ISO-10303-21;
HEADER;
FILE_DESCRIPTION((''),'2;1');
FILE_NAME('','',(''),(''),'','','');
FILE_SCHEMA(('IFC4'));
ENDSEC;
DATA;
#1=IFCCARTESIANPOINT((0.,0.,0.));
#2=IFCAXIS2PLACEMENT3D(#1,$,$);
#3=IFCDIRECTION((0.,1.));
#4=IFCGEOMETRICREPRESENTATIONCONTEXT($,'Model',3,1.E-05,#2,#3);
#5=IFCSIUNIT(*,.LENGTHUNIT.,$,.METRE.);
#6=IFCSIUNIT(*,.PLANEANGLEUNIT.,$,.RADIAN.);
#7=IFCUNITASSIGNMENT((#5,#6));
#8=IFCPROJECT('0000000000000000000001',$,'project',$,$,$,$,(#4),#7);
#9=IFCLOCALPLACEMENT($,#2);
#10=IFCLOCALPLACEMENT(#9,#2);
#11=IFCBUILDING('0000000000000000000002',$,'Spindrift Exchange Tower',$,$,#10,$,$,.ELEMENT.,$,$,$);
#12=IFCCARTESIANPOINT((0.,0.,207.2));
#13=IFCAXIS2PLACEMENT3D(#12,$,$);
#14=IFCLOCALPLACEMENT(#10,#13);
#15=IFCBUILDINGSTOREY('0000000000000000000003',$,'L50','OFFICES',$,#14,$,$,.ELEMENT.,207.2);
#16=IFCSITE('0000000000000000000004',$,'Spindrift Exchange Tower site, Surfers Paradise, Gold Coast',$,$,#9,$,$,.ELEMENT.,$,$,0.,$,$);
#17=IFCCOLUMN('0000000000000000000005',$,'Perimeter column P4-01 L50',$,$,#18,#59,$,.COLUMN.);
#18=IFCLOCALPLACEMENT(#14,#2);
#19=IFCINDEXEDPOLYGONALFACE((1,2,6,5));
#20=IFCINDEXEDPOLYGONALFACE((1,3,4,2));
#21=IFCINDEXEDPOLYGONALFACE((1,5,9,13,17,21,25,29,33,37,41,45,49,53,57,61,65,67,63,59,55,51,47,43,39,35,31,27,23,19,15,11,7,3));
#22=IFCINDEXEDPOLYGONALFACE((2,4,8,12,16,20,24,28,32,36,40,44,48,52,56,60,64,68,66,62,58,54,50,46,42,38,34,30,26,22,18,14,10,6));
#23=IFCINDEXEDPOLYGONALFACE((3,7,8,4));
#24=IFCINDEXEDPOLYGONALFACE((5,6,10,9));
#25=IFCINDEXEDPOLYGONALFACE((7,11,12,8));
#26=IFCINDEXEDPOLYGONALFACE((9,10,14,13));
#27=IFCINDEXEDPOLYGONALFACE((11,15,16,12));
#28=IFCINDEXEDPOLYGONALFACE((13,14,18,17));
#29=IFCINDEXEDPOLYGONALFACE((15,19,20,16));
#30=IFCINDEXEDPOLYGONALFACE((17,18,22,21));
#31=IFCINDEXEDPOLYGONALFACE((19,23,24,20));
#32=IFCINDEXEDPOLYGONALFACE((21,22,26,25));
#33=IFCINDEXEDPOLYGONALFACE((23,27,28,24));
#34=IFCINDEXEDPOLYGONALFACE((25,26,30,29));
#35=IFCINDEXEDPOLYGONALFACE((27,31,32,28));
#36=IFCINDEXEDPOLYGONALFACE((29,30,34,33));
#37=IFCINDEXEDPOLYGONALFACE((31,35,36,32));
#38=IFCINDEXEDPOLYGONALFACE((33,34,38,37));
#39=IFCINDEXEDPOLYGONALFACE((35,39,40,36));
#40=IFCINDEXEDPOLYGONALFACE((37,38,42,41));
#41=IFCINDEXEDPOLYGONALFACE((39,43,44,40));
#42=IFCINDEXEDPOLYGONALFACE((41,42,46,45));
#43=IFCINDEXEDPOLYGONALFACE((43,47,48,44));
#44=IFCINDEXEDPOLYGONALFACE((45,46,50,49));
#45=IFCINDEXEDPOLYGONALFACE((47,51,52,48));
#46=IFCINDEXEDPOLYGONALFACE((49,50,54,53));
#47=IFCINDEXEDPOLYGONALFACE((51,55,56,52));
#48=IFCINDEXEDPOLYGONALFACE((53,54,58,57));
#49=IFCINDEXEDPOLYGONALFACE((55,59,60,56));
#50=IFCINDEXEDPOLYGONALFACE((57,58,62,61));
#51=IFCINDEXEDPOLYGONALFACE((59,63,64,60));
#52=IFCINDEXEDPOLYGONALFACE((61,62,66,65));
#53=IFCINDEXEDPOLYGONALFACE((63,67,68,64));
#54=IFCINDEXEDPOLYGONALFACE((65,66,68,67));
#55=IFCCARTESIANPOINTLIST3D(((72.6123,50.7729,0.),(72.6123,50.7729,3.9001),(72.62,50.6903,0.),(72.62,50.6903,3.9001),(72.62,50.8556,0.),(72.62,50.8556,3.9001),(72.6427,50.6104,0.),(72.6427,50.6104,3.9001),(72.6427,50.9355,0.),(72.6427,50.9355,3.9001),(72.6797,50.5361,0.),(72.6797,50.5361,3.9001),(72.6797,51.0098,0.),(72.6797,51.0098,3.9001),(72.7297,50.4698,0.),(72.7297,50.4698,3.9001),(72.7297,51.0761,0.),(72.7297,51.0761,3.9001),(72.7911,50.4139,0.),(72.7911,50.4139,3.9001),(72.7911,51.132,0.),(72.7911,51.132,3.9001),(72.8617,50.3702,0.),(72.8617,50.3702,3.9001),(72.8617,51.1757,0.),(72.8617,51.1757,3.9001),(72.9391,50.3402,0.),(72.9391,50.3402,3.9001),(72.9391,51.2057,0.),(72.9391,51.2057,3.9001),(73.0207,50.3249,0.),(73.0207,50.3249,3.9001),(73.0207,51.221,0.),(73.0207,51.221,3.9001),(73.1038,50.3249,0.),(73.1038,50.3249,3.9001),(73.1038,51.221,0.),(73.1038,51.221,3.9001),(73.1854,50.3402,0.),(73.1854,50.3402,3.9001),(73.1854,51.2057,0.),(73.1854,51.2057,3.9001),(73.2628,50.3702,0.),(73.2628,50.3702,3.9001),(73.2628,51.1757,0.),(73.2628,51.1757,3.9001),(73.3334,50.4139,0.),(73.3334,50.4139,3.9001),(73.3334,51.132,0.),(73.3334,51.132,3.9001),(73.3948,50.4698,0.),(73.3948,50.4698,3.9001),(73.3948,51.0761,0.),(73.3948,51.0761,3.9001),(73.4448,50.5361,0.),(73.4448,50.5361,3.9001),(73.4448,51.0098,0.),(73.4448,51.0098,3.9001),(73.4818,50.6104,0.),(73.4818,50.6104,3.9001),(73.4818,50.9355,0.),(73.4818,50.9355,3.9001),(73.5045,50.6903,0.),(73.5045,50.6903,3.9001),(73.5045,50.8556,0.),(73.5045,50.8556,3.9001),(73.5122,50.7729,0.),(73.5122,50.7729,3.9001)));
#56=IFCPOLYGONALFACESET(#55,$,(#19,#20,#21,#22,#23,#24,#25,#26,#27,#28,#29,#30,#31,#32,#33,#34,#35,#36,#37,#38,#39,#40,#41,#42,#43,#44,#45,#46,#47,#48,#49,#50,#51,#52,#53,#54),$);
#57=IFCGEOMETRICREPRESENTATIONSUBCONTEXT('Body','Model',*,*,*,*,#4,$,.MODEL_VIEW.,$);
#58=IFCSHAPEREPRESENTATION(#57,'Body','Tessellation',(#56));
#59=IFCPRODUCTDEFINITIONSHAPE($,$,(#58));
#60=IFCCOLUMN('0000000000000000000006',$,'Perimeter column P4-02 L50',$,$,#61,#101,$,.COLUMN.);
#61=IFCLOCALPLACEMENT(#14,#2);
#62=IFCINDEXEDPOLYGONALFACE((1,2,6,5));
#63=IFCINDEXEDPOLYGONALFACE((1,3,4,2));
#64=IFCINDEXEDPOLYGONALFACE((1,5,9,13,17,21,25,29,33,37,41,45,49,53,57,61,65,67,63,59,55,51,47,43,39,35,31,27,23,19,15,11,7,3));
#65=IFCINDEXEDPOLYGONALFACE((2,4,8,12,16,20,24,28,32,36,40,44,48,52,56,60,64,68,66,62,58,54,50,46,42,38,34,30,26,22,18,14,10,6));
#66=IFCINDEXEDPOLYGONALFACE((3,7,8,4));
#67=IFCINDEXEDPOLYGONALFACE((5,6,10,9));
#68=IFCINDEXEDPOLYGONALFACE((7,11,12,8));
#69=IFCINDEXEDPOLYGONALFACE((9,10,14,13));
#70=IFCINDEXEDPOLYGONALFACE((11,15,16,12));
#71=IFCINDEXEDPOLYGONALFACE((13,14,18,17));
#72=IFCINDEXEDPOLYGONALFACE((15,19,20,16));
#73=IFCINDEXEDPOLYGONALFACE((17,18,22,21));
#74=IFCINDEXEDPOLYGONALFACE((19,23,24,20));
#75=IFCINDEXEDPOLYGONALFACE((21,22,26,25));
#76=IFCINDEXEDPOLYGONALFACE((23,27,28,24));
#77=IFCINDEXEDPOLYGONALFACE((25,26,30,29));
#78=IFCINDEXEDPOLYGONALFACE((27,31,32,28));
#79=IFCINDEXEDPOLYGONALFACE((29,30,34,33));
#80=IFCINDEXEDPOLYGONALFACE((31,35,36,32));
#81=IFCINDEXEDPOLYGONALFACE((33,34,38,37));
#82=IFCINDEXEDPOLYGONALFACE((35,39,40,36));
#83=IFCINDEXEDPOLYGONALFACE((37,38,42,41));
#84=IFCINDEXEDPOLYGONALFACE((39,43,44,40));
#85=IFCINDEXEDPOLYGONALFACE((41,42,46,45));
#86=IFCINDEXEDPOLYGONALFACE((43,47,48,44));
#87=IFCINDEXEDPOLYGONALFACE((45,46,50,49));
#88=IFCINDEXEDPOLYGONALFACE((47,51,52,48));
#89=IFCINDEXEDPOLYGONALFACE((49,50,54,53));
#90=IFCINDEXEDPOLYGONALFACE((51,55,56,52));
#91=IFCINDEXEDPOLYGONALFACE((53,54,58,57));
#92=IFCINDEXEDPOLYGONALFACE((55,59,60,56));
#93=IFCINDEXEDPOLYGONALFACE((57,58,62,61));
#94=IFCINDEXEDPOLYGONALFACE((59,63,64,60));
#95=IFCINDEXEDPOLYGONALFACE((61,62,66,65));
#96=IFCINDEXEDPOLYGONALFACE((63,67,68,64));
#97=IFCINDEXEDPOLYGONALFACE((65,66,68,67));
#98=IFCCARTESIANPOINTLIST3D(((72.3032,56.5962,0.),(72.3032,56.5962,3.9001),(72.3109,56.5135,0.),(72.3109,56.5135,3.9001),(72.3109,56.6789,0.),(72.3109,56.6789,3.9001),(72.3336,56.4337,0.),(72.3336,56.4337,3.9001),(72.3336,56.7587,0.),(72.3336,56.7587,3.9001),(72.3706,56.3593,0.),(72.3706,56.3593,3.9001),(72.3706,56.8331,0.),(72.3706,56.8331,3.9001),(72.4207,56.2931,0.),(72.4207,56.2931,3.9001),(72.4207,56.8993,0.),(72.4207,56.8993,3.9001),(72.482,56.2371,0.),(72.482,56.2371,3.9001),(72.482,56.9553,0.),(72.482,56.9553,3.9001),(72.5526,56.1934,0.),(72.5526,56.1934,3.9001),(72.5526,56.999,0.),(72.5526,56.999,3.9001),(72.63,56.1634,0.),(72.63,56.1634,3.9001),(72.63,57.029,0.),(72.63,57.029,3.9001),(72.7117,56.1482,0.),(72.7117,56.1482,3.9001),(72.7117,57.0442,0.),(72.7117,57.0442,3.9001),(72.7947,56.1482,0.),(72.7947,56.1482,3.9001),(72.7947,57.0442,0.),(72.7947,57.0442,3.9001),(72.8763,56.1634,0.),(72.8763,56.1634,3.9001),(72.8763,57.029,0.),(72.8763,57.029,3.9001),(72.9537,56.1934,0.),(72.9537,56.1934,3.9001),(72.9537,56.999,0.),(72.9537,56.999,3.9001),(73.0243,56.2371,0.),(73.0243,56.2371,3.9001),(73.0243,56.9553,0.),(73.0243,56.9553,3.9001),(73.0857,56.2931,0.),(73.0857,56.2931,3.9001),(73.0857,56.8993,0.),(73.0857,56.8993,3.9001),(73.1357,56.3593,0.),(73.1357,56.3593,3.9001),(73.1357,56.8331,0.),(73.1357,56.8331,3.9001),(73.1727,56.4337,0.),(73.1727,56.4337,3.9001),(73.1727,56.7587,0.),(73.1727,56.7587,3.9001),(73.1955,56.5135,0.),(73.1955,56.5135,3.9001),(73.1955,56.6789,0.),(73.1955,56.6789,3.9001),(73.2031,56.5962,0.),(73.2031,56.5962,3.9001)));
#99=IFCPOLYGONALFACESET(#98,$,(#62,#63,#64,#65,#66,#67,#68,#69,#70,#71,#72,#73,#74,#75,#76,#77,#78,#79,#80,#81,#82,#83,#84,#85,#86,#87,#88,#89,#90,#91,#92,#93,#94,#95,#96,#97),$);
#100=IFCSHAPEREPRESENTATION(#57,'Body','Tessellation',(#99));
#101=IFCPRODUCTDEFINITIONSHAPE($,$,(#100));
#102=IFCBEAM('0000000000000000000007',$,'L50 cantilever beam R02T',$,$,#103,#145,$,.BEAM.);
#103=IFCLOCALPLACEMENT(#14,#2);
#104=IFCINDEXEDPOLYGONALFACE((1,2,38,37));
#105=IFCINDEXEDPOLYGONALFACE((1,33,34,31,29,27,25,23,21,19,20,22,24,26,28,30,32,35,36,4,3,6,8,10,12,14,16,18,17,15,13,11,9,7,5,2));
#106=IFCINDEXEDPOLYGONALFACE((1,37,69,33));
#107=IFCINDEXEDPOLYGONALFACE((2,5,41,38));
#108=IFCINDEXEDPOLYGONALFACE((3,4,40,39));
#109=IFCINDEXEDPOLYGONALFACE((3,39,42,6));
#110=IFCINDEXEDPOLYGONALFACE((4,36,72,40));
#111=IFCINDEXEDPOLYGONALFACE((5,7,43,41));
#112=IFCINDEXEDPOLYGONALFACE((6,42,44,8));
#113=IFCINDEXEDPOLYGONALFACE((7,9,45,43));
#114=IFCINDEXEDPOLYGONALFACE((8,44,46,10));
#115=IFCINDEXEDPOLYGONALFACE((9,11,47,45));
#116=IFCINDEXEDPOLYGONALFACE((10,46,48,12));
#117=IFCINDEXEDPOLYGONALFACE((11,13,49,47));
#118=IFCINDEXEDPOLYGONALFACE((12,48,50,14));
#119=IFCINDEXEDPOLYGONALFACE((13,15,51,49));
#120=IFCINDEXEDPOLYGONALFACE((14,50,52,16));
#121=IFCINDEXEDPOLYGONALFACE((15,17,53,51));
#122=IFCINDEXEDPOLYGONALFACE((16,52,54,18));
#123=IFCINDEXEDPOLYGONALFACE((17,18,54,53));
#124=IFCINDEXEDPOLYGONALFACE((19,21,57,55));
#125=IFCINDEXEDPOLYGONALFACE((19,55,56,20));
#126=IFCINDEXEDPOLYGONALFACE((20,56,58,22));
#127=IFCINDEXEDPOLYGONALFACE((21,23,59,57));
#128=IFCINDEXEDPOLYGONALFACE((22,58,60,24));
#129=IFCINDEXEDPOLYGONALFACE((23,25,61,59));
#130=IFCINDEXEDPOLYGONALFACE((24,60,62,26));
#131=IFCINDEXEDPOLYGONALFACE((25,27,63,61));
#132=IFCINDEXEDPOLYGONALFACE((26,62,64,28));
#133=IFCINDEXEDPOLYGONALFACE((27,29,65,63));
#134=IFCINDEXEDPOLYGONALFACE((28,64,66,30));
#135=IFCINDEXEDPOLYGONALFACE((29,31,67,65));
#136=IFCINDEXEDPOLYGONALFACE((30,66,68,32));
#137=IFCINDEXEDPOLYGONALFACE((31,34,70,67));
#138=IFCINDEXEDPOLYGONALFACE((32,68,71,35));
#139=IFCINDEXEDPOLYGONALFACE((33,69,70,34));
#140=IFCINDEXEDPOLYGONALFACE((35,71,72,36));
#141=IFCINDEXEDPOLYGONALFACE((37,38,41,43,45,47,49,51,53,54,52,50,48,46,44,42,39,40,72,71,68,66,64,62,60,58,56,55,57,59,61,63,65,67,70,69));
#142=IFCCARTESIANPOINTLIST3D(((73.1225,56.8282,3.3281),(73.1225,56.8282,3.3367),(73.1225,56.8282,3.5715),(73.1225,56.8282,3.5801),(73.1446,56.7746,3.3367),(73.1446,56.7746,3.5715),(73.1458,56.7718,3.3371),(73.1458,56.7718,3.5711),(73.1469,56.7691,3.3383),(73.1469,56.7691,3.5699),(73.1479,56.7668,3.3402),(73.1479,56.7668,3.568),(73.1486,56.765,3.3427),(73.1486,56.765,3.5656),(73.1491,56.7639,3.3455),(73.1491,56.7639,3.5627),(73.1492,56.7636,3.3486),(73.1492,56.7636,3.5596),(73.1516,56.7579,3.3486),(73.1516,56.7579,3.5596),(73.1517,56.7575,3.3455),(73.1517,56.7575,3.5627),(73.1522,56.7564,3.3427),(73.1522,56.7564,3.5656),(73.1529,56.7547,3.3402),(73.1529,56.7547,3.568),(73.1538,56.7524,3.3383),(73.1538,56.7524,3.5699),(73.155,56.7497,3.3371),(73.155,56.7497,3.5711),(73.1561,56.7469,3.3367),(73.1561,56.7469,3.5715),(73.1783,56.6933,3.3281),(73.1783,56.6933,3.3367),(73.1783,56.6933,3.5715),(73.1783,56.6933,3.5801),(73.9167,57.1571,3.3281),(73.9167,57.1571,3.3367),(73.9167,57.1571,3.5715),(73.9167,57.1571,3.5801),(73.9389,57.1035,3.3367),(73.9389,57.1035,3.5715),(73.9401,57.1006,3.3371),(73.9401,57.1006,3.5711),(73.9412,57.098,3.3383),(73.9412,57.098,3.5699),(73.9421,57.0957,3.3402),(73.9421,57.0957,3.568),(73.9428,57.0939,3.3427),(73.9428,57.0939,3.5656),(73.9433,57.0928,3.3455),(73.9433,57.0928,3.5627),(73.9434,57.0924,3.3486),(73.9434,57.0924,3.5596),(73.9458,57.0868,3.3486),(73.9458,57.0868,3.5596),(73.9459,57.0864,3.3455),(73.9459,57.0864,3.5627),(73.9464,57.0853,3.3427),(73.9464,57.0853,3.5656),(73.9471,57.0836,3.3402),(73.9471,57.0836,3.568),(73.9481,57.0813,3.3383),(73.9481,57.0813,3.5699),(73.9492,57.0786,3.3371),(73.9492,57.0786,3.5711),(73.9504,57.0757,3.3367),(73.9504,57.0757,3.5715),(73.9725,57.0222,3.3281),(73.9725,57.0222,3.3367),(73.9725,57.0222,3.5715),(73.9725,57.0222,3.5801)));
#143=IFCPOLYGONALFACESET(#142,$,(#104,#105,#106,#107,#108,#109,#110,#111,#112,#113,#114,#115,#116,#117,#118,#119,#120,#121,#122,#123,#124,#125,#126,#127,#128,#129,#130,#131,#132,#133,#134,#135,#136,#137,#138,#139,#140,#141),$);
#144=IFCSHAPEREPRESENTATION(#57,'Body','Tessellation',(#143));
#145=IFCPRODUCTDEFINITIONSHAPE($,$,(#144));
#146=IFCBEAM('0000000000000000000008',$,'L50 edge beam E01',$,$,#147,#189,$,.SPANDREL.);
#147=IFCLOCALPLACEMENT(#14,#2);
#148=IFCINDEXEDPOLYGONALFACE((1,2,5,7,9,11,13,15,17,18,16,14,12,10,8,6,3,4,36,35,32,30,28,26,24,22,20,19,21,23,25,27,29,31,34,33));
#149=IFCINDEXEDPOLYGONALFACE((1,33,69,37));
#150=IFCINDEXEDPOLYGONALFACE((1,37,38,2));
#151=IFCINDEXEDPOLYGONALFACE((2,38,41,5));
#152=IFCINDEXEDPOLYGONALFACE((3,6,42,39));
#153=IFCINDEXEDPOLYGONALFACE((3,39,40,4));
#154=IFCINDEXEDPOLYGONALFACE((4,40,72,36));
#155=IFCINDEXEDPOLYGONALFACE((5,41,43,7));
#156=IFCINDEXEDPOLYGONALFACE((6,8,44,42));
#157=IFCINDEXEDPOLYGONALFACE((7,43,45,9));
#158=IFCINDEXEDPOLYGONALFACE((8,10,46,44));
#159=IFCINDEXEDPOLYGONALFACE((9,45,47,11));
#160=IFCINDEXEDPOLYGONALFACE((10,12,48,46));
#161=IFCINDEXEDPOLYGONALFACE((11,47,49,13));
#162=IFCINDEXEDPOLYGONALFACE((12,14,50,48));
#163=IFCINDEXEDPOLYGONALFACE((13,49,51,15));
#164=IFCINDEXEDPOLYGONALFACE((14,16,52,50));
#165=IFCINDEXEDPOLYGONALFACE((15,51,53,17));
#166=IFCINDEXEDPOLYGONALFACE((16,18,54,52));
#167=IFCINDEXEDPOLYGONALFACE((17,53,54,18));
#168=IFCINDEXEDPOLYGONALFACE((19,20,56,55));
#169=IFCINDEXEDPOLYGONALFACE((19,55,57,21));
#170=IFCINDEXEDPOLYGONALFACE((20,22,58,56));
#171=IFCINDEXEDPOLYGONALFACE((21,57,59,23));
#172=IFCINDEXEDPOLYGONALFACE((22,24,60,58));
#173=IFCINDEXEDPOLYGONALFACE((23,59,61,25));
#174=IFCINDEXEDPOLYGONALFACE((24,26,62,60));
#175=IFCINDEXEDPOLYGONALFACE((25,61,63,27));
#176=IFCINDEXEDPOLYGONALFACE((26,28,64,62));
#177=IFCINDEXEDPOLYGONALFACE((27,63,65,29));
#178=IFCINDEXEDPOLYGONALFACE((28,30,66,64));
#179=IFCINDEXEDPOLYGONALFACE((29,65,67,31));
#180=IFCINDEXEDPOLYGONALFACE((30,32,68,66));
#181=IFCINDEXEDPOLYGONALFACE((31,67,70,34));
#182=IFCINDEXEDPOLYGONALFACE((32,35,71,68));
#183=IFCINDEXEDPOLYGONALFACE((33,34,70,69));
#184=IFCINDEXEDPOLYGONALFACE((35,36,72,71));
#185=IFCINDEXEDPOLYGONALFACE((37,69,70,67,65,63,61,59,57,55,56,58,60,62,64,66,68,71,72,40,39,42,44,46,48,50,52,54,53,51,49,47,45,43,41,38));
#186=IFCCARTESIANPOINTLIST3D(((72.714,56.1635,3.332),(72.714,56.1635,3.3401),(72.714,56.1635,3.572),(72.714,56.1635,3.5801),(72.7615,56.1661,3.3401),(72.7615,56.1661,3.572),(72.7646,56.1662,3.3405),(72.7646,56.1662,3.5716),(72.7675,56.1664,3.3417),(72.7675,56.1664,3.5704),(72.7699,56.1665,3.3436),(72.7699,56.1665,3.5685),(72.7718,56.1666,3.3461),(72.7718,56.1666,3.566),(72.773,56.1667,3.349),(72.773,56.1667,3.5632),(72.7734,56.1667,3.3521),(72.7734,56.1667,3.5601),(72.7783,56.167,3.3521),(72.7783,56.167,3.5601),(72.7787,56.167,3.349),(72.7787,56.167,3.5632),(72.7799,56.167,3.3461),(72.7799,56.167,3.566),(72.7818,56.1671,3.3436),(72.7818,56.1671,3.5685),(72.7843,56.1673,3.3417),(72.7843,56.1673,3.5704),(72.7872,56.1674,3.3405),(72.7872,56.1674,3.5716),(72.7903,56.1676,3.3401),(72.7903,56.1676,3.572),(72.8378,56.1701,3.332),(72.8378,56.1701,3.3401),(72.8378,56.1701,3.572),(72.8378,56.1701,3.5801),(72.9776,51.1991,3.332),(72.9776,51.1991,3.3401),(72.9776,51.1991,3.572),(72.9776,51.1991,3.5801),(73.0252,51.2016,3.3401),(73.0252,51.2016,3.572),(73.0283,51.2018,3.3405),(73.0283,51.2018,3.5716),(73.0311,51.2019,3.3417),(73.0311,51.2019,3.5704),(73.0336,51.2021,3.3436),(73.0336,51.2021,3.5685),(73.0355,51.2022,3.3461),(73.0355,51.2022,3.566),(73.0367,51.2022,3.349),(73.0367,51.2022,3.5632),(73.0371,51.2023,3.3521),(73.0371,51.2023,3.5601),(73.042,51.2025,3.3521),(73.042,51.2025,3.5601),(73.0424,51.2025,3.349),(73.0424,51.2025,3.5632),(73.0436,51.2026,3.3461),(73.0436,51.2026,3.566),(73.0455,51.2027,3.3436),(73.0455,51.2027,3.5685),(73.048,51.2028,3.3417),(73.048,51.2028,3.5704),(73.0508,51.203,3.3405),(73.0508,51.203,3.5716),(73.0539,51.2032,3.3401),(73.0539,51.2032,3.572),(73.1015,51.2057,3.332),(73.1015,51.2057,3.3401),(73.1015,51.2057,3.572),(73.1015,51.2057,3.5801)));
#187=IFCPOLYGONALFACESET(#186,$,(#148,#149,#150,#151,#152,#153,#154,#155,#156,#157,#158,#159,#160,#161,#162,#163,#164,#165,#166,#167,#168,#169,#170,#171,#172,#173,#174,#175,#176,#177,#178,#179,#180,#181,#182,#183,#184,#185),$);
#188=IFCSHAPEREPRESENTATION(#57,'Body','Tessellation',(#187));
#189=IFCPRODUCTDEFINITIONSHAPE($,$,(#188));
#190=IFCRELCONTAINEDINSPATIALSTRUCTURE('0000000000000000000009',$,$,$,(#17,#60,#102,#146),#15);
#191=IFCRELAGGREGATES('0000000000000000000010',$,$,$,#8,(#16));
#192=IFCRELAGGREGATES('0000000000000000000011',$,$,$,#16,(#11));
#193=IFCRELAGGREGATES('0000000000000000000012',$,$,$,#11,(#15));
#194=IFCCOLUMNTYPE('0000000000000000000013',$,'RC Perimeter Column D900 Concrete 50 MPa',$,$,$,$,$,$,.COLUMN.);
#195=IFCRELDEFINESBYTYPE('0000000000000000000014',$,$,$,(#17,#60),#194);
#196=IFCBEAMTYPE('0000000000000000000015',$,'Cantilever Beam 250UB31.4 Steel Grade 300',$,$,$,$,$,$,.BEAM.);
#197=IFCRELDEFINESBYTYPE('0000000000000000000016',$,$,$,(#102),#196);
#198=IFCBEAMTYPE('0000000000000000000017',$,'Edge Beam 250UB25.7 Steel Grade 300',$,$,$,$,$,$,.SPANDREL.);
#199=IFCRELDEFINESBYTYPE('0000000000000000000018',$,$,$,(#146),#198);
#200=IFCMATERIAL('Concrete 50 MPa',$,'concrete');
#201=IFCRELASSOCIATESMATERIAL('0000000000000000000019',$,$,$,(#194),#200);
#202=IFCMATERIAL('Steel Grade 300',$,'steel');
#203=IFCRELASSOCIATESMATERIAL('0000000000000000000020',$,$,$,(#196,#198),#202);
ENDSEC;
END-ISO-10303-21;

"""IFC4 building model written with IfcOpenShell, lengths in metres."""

from ifc_helpers import new_model, si_unit, direction, frame, origin, origin_2d, place, context, subcontext, project, spatial, circle, i_section, extrude, source, transform, mapped, material, material_profile, profile_set, type_object, element, save


model = new_model("IFC4")

# Units and contexts
model_context = context("Model", 3, precision=1e-05, world=origin(), true_north=direction((0.0, 1.0)))
body_context = subcontext(model_context, "Body", "Model", "MODEL_VIEW")
ifc_project = project(units=[si_unit("LENGTHUNIT", "METRE"), si_unit("PLANEANGLEUNIT", "RADIAN")], contexts=[model_context])

# Site, building, storey
site_placement = place(None, origin())
site = spatial("IfcSite", under=ifc_project, at=site_placement, Name="Spindrift Exchange Tower site, Surfers Paradise, Gold Coast", CompositionType="ELEMENT", RefElevation=0.0)
building_placement = place(site_placement, origin())
building = spatial("IfcBuilding", under=site, at=building_placement, Name="Spindrift Exchange Tower", CompositionType="ELEMENT")
storey_placement = place(building_placement, frame((0.0, 0.0, 207.2)))
storey = spatial("IfcBuildingStorey", under=building, at=storey_placement, Name="L50", Description="OFFICES", CompositionType="ELEMENT", Elevation=207.2)

# Columns
ifc_material_1 = material(Name="Concrete 50 MPa", Category="concrete")
ifc_material_profile_1 = material_profile(ifc_material_1, circle(Radius=0.45, at=origin_2d()), Name="RC D900")
ifc_profile_set_1 = profile_set([ifc_material_profile_1], Name="Concrete 50 MPa")
column_type = type_object("IfcColumnType", Name="RC Perimeter Column D900 Concrete 50 MPa", PredefinedType="COLUMN", material=ifc_profile_set_1)
shared_shape_1 = source(origin(), body_context, "Body", "SweptSolid", [
    extrude(circle(Radius=0.45, at=origin_2d()), origin(), (0.0, 0.0, 1.0), 3.9001),
])
for number, where, z_axis, x_axis, name in (
    (1, (73.0623, 50.7729, 0.0), (0.0, 0.0, 1.0), (1.0, 0.0, 0.0), "Perimeter column P4-01 L50"),
    (2, (72.7532, 56.5962, 0.0), (0.0, 0.0, 1.0), (1.0, 0.0, 0.0), "Perimeter column P4-02 L50"),
):
    element("IfcColumn", number, at=place(storey_placement, frame(where, z_axis=z_axis, x_axis=x_axis)), inside=storey, type_object=column_type, Name=name, PredefinedType="COLUMN", context=body_context, shape_type="MappedRepresentation", body=[
        mapped(shared_shape_1, transform((0.0, 0.0, 0.0), scale=1.0)),
    ])

# Beams
ifc_material_2 = material(Name="Steel Grade 300", Category="steel")
ifc_material_profile_2 = material_profile(ifc_material_2, i_section(OverallWidth=0.146, OverallDepth=0.252, WebThickness=0.0061, FlangeThickness=0.0085, FilletRadius=0.012, at=origin_2d()), Name="250UB31.4")
ifc_profile_set_2 = profile_set([ifc_material_profile_2], Name="Steel Grade 300")
beam_type_1 = type_object("IfcBeamType", Name="Cantilever Beam 250UB31.4 Steel Grade 300", PredefinedType="BEAM", material=ifc_profile_set_2)
shared_shape_2 = source(origin(), body_context, "Body", "SweptSolid", [
    extrude(i_section(OverallWidth=0.146, OverallDepth=0.252, WebThickness=0.0061, FlangeThickness=0.0085, FilletRadius=0.012, at=origin_2d()), origin(), (0.0, 0.0, 1.0), 0.8596),
])
beam_1_placement = place(storey_placement, frame((73.1504, 56.7607, 3.4541), z_axis=(0.923923, 0.382578, 0.0), x_axis=(-0.382578, 0.923923, 0.0)))
element("IfcBeam", 3, at=beam_1_placement, inside=storey, type_object=beam_type_1, Name="L50 cantilever beam R02T", PredefinedType="BEAM", context=body_context, shape_type="MappedRepresentation", body=[
    mapped(shared_shape_2, transform((0.0, 0.0, 0.0), scale=1.0)),
])
ifc_material_profile_3 = material_profile(ifc_material_2, i_section(OverallWidth=0.124, OverallDepth=0.248, WebThickness=0.0049, FlangeThickness=0.0081, FilletRadius=0.012, at=origin_2d()), Name="250UB25.7")
ifc_profile_set_3 = profile_set([ifc_material_profile_3], Name="Steel Grade 300")
beam_type_2 = type_object("IfcBeamType", Name="Edge Beam 250UB25.7 Steel Grade 300", PredefinedType="SPANDREL", material=ifc_profile_set_3)
shared_shape_3 = source(origin(), body_context, "Body", "SweptSolid", [
    extrude(i_section(OverallWidth=0.124, OverallDepth=0.248, WebThickness=0.0049, FlangeThickness=0.0081, FilletRadius=0.012, at=origin_2d()), origin(), (0.0, 0.0, 1.0), 4.9714),
])
beam_2_placement = place(storey_placement, frame((73.0396, 51.2024, 3.4561), z_axis=(-0.053038, 0.998592, 0.0), x_axis=(-0.998592, -0.053038, 0.0)))
element("IfcBeam", 4, at=beam_2_placement, inside=storey, type_object=beam_type_2, Name="L50 edge beam E01", PredefinedType="SPANDREL", context=body_context, shape_type="MappedRepresentation", body=[
    mapped(shared_shape_3, transform((0.0, 0.0, 0.0), scale=1.0)),
])

save(model, "model.ifc")
